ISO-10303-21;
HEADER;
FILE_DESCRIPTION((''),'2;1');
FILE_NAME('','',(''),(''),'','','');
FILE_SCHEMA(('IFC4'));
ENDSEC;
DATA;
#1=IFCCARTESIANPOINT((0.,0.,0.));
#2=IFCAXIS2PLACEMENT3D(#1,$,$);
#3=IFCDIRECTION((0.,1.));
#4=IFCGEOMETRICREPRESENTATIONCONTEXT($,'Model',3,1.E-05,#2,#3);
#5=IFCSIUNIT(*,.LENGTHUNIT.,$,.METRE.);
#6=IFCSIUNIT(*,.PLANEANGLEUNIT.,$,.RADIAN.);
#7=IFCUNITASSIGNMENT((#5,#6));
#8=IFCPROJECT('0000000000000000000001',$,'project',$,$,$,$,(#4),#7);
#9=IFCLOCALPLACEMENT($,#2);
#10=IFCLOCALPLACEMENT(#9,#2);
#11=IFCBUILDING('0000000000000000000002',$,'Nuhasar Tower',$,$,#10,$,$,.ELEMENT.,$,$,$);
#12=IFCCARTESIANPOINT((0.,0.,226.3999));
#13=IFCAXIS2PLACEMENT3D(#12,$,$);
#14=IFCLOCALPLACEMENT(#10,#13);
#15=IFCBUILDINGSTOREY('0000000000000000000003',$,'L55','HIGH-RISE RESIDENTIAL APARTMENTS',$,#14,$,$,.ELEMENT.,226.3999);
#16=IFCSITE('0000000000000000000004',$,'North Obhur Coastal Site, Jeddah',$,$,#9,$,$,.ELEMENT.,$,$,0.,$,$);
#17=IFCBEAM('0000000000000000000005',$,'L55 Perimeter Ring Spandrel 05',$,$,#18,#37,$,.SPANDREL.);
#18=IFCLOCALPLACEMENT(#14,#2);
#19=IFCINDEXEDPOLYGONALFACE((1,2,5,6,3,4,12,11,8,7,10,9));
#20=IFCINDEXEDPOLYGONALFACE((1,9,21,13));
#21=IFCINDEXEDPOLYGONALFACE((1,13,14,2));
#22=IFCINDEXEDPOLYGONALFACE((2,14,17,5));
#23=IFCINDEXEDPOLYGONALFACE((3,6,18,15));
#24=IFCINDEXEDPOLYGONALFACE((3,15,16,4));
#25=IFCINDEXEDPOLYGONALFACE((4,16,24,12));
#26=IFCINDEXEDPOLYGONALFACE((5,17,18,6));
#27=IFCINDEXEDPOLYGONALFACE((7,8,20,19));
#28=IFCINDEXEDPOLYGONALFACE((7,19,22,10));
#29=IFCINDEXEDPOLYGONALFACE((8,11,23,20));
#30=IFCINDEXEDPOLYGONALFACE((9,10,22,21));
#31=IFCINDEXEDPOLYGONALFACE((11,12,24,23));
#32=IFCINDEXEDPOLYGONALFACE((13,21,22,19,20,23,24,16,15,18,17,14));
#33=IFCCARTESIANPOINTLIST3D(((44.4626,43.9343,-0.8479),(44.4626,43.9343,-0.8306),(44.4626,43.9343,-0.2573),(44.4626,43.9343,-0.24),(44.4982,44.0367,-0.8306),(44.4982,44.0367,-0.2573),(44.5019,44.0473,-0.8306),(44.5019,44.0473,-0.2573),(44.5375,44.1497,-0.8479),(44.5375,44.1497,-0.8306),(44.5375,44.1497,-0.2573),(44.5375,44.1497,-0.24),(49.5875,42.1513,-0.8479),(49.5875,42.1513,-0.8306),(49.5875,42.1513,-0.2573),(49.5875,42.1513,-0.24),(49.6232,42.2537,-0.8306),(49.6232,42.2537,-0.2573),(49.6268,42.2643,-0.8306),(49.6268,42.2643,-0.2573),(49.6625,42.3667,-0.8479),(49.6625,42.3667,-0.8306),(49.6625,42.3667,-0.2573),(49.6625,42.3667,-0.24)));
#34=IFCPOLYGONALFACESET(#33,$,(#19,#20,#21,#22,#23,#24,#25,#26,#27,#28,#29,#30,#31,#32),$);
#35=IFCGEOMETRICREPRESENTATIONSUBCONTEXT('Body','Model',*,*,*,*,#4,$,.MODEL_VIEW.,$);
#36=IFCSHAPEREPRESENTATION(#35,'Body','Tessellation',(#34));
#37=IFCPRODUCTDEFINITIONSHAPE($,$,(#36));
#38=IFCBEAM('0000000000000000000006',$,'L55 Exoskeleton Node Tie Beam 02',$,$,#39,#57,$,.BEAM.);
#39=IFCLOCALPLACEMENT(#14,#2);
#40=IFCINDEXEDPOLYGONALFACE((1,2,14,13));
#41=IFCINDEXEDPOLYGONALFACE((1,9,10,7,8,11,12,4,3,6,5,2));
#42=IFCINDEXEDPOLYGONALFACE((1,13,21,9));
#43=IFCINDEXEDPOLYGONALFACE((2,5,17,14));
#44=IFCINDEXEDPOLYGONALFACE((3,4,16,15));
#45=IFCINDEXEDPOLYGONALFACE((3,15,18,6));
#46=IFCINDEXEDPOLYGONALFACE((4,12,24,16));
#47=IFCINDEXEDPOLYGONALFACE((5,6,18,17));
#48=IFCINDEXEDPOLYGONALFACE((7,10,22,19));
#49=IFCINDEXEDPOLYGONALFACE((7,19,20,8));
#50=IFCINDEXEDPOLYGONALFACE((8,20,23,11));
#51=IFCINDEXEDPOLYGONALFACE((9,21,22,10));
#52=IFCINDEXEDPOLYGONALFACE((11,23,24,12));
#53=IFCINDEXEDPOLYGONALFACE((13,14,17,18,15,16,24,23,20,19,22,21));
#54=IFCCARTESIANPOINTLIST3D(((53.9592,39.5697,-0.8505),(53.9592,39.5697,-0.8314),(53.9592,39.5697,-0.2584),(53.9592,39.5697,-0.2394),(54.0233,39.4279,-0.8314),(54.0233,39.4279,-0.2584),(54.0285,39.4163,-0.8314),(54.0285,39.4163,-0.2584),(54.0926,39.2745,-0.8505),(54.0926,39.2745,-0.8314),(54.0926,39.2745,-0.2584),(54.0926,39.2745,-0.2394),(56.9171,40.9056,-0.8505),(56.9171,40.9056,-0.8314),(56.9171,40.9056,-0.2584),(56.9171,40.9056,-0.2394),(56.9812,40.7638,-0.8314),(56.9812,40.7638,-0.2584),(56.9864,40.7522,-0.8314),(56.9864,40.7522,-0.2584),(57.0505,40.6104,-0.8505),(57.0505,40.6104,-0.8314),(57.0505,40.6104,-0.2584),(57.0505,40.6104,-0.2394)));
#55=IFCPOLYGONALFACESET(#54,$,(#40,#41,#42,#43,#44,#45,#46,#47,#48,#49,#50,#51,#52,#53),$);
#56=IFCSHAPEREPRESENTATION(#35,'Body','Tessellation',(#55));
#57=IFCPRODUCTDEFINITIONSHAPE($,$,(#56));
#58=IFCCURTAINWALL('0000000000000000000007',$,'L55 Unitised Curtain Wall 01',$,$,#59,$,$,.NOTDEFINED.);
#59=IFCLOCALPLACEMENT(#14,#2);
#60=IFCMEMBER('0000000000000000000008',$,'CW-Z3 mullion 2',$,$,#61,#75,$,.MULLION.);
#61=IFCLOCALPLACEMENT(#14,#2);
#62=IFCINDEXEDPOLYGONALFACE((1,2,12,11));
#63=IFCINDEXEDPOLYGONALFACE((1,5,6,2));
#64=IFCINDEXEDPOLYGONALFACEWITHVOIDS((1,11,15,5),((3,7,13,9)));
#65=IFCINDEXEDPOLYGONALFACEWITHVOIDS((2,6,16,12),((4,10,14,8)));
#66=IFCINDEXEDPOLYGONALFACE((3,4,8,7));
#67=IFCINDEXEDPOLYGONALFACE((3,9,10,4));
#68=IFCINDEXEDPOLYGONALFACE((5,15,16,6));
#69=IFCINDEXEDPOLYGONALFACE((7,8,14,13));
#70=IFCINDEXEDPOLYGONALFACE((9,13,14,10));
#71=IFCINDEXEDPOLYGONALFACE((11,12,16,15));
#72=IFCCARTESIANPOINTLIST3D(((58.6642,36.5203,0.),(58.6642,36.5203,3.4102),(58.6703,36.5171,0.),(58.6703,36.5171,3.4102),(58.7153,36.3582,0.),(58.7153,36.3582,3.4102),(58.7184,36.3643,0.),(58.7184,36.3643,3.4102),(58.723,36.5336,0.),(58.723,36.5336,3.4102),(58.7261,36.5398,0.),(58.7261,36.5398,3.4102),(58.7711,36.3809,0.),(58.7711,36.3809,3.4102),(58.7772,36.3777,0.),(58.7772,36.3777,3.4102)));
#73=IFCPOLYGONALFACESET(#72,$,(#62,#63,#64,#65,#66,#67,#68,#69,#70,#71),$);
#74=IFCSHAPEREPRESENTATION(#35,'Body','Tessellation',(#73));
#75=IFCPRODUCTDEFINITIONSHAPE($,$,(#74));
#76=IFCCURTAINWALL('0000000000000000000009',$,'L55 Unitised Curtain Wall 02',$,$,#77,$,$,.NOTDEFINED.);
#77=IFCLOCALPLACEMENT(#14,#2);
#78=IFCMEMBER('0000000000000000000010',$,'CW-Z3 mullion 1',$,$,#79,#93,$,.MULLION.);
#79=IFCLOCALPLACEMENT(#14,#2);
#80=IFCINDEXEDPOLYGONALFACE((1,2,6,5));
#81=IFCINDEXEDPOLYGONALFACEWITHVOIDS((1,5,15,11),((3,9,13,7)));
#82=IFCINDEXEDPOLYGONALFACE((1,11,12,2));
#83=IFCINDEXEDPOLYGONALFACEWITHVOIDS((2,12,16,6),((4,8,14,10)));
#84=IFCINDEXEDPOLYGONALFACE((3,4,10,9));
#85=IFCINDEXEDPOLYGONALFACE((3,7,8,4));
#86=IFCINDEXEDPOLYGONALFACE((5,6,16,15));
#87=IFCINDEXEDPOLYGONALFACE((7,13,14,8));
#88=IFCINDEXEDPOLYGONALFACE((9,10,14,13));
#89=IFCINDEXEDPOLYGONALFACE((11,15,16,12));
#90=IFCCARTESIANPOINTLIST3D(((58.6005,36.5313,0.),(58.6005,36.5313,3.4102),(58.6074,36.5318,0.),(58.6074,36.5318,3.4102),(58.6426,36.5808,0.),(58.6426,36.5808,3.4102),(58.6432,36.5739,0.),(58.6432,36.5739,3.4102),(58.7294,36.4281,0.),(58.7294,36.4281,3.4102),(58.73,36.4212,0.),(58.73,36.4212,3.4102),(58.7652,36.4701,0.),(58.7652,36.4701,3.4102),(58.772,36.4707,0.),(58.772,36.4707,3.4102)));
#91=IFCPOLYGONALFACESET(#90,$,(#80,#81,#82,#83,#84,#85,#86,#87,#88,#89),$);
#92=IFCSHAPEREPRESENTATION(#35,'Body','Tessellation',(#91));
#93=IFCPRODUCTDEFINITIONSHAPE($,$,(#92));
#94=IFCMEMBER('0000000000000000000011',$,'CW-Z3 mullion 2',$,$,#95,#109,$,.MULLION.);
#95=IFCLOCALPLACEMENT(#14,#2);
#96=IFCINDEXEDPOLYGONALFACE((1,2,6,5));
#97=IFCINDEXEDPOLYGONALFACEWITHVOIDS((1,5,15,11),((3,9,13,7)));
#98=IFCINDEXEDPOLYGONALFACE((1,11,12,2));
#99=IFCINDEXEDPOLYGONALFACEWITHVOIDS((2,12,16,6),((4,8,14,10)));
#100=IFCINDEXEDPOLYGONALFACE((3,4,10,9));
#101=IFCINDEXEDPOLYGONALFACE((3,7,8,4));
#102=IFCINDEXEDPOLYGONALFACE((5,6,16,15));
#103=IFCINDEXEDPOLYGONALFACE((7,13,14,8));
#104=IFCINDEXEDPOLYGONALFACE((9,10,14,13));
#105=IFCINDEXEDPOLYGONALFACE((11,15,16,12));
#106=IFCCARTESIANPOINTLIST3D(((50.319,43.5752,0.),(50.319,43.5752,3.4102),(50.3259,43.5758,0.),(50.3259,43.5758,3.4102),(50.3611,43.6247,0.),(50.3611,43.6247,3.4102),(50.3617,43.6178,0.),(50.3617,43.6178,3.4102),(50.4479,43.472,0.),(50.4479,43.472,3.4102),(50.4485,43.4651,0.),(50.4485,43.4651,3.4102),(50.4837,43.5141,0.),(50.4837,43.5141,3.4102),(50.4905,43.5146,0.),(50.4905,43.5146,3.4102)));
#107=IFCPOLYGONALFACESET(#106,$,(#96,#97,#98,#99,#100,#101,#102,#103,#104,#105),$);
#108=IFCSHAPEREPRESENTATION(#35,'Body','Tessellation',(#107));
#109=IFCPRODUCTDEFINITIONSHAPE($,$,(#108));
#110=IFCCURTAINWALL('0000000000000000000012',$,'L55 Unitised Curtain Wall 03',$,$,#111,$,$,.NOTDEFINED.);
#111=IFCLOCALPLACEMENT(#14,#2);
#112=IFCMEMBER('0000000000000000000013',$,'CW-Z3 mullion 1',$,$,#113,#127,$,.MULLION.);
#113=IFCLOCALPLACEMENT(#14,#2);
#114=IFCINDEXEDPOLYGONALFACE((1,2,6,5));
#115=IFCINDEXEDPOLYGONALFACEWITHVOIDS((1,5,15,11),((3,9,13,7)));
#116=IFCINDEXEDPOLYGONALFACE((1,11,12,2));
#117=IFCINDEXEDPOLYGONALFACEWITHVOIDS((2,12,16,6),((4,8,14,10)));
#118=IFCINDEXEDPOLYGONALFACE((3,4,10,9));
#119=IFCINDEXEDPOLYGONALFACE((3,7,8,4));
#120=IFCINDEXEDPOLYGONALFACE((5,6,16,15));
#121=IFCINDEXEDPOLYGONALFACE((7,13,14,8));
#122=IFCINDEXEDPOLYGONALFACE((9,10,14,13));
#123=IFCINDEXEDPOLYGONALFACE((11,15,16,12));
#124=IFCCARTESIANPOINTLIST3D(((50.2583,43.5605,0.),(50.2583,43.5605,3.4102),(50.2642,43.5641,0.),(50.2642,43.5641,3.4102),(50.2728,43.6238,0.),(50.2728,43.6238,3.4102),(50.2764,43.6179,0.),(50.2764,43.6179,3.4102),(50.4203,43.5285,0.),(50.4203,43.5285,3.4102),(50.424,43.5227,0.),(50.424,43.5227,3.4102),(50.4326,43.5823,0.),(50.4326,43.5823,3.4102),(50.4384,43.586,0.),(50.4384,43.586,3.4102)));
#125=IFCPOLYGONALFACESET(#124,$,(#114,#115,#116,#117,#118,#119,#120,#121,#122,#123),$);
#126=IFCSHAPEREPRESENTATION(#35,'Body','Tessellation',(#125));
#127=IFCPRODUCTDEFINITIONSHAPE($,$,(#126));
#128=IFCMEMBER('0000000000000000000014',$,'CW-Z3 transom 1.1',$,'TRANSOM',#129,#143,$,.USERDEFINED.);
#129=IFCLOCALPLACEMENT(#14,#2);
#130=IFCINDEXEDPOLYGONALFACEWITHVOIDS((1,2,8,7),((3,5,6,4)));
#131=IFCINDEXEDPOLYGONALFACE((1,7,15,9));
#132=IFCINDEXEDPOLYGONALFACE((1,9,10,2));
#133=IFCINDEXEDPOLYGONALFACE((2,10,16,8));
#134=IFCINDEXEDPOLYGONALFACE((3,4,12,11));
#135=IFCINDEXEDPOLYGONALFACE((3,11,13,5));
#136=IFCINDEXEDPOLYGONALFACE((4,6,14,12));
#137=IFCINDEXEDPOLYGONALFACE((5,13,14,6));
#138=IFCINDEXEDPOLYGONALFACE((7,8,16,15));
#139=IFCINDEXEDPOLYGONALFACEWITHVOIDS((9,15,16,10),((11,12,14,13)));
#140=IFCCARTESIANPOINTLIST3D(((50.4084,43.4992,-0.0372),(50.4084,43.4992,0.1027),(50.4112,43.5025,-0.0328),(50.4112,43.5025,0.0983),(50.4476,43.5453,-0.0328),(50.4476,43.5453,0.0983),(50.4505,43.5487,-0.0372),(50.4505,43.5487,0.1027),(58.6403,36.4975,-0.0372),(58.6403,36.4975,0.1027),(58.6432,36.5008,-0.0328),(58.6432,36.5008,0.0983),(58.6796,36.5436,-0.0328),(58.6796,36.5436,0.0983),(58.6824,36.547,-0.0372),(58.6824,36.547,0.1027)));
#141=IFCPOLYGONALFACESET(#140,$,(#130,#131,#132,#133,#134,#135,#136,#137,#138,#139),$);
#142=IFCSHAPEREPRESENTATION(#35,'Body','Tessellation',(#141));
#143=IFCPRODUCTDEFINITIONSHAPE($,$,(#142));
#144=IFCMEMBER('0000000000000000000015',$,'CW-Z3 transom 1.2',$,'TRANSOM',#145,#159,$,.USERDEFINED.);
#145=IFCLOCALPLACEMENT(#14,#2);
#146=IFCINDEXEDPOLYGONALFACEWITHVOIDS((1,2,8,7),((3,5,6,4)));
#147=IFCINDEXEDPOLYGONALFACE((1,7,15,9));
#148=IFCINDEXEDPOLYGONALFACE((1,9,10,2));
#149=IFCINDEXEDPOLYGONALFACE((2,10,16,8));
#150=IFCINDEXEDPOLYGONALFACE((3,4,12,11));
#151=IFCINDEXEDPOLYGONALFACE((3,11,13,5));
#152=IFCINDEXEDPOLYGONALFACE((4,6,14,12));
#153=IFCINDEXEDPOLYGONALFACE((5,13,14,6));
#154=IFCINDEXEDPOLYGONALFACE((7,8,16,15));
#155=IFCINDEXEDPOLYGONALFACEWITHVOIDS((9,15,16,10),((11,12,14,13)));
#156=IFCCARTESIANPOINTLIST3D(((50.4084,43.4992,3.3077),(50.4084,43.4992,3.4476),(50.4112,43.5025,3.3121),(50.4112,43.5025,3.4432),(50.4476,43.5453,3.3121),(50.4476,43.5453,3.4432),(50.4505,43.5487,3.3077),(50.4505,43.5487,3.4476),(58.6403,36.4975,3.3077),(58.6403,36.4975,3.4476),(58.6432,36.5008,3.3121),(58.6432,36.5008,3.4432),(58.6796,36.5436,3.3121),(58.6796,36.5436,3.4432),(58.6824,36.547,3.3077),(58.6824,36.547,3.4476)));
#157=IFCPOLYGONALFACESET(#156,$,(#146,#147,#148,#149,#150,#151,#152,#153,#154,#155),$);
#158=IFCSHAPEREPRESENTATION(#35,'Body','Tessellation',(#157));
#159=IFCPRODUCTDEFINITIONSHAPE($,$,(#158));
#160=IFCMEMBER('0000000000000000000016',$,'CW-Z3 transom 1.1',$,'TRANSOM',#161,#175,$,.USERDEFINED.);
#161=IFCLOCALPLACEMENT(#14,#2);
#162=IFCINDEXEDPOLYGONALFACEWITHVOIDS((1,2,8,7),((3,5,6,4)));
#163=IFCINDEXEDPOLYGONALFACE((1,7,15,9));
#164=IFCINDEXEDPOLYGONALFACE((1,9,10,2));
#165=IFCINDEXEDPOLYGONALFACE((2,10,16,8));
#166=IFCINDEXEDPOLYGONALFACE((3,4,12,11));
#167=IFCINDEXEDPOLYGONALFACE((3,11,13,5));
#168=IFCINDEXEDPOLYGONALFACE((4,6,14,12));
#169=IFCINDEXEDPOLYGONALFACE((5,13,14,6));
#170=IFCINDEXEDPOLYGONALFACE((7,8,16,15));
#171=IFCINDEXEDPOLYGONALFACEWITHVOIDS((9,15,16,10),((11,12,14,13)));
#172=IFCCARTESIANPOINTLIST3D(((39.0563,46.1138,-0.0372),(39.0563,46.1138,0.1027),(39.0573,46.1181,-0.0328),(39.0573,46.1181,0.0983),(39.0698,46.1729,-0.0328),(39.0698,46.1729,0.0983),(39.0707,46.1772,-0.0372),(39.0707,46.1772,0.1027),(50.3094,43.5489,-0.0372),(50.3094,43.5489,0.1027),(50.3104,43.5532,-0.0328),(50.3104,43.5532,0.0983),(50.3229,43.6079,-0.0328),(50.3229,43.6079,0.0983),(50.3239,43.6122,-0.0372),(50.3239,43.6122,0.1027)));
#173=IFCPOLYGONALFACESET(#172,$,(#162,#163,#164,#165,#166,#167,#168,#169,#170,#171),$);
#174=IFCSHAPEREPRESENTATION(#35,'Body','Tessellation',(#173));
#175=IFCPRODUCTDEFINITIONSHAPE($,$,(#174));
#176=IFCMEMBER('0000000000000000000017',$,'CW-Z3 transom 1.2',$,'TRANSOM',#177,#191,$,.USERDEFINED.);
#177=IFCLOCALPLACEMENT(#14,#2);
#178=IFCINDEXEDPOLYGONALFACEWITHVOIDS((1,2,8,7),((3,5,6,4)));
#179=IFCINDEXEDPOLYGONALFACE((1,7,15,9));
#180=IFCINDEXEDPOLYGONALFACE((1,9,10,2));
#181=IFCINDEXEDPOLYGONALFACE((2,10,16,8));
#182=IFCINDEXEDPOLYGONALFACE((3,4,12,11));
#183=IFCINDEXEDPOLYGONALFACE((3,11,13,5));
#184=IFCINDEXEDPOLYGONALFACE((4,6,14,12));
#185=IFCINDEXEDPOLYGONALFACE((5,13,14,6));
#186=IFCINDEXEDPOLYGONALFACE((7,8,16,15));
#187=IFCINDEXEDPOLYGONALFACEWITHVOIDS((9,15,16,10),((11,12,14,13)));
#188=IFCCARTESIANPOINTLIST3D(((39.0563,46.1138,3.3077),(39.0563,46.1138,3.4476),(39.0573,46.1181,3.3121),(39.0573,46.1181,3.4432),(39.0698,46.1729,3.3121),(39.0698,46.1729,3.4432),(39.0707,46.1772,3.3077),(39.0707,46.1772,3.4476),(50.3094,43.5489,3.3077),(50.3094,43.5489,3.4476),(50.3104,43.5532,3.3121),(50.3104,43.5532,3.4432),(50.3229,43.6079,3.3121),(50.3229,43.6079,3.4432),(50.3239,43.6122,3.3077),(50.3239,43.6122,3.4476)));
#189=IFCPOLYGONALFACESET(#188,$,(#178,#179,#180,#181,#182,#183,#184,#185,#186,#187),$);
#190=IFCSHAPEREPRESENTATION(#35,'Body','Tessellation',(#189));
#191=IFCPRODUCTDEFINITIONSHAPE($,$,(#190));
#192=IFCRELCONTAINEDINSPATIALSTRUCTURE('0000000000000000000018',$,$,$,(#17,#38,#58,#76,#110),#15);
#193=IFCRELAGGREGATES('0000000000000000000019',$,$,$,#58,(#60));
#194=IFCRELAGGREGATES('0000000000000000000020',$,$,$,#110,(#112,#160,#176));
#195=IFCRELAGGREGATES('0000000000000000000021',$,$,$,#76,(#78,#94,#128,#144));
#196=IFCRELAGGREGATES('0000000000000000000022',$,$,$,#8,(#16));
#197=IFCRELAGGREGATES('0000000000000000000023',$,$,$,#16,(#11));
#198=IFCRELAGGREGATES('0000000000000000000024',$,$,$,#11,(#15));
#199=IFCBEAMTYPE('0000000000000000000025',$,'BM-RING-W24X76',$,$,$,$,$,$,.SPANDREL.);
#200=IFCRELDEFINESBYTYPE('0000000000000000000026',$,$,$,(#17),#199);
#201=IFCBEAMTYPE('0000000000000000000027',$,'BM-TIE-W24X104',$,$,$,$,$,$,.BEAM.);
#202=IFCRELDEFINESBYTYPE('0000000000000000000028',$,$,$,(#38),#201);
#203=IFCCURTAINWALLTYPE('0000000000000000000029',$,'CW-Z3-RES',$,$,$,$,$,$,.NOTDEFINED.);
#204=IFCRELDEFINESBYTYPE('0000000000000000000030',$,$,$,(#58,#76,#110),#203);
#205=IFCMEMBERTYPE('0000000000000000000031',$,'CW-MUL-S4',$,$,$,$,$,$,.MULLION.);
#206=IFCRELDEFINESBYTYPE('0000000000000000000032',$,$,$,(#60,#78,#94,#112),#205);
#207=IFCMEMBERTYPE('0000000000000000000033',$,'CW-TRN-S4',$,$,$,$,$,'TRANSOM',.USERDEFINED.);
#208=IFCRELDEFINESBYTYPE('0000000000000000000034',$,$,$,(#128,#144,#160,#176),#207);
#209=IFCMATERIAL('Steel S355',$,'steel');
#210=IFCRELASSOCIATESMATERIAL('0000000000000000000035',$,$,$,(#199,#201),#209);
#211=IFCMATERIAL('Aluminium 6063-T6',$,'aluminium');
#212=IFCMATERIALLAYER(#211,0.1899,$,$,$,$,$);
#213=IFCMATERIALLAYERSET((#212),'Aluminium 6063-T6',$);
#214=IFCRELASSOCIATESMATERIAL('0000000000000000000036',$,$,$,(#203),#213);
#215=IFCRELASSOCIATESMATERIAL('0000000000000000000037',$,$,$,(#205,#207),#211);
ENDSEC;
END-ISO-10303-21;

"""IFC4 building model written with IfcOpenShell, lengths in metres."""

from ifc_helpers import new_model, si_unit, direction, frame, origin, origin_2d, place, context, subcontext, project, spatial, hollow_rectangle, i_section, extrude, material, layer, layer_set, material_profile, profile_set, type_object, element, aggregate, save


model = new_model("IFC4")

# Units and contexts
model_context = context("Model", 3, precision=1e-05, world=origin(), true_north=direction((0.0, 1.0)))
body_context = subcontext(model_context, "Body", "Model", "MODEL_VIEW")
ifc_project = project(units=[si_unit("LENGTHUNIT", "METRE"), si_unit("PLANEANGLEUNIT", "RADIAN")], contexts=[model_context])

# Site, building, storey
site_placement = place(None, origin())
site = spatial("IfcSite", under=ifc_project, at=site_placement, Name="North Obhur Coastal Site, Jeddah", CompositionType="ELEMENT", RefElevation=0.0)
building_placement = place(site_placement, origin())
building = spatial("IfcBuilding", under=site, at=building_placement, Name="Nuhasar Tower", CompositionType="ELEMENT")
storey_placement = place(building_placement, frame((0.0, 0.0, 226.3999)))
storey = spatial("IfcBuildingStorey", under=building, at=storey_placement, Name="L55", Description="HIGH-RISE RESIDENTIAL APARTMENTS", CompositionType="ELEMENT", Elevation=226.3999)

# Beams
ifc_material_1 = material(Name="Steel S355", Category="steel")
ifc_material_profile_1 = material_profile(ifc_material_1, i_section(OverallWidth=0.228, OverallDepth=0.6079, WebThickness=0.0112, FlangeThickness=0.0173, at=origin_2d()), Name="W24X76")
ifc_profile_set_1 = profile_set([ifc_material_profile_1], Name="Steel S355")
beam_type_1 = type_object("IfcBeamType", Name="BM-RING-W24X76", PredefinedType="SPANDREL", material=ifc_profile_set_1)
beam_1_placement = place(storey_placement, frame((49.625, 42.259, -0.5439), z_axis=(-0.944477, 0.328578, 0.0), x_axis=(-0.328578, -0.944477, 0.0)))
element("IfcBeam", 1, at=beam_1_placement, inside=storey, type_object=beam_type_1, Name="L55 Perimeter Ring Spandrel 05", PredefinedType="SPANDREL", context=body_context, shape_type="SweptSolid", body=[
    extrude(i_section(OverallWidth=0.228, OverallDepth=0.6079, WebThickness=0.0112, FlangeThickness=0.0173, at=origin_2d()), origin(), (0.0, 0.0, 1.0), 5.4263),
])
ifc_material_profile_2 = material_profile(ifc_material_1, i_section(OverallWidth=0.324, OverallDepth=0.6111, WebThickness=0.0127, FlangeThickness=0.019, at=origin_2d()), Name="W24X104")
ifc_profile_set_2 = profile_set([ifc_material_profile_2], Name="Steel S355")
beam_type_2 = type_object("IfcBeamType", Name="BM-TIE-W24X104", PredefinedType="BEAM", material=ifc_profile_set_2)
beam_2_placement = place(storey_placement, frame((54.0259, 39.4221, -0.5449), z_axis=(0.911363, 0.411603, 0.0), x_axis=(-0.411603, 0.911363, 0.0)))
element("IfcBeam", 2, at=beam_2_placement, inside=storey, type_object=beam_type_2, Name="L55 Exoskeleton Node Tie Beam 02", PredefinedType="BEAM", context=body_context, shape_type="SweptSolid", body=[
    extrude(i_section(OverallWidth=0.324, OverallDepth=0.6111, WebThickness=0.0127, FlangeThickness=0.019, at=origin_2d()), origin(), (0.0, 0.0, 1.0), 3.2456),
])

# Curtain wall, member
ifc_material_2 = material(Name="Aluminium 6063-T6", Category="aluminium")
ifc_layer_1 = layer(ifc_material_2, 0.1899)
ifc_layer_set_1 = layer_set([ifc_layer_1], Name="Aluminium 6063-T6")
curtain_wall_type = type_object("IfcCurtainWallType", Name="CW-Z3-RES", PredefinedType="NOTDEFINED", material=ifc_layer_set_1)
curtain_wall_1_placement = place(storey_placement, origin())
curtain_wall_1 = element("IfcCurtainWall", 3, at=curtain_wall_1_placement, inside=storey, type_object=curtain_wall_type, Name="L55 Unitised Curtain Wall 01", PredefinedType="NOTDEFINED")
ifc_material_profile_3 = material_profile(ifc_material_2, hollow_rectangle(XDim=0.0649, YDim=0.1699, WallThickness=0.0049, at=origin_2d()), Name="CWM-4")
ifc_profile_set_3 = profile_set([ifc_material_profile_3], Name="Aluminium 6063-T6")
member_type_1 = type_object("IfcMemberType", Name="CW-MUL-S4", PredefinedType="MULLION", material=ifc_profile_set_3)
member_1_placement = place(storey_placement, frame((58.7207, 36.449, 0.0), z_axis=(0.0, 0.0, 1.0), x_axis=(-0.953804, -0.300429, 0.0)))
member_1 = element("IfcMember", 4, at=member_1_placement, type_object=member_type_1, Name="CW-Z3 mullion 2", PredefinedType="MULLION", context=body_context, shape_type="SweptSolid", body=[
    extrude(hollow_rectangle(XDim=0.0649, YDim=0.1699, WallThickness=0.0049, at=origin_2d()), origin(), (0.0, 0.0, 1.0), 3.4102),
])
aggregate(curtain_wall_1, [member_1])

# Curtain wall, members
curtain_wall_2_placement = place(storey_placement, origin())
curtain_wall_2 = element("IfcCurtainWall", 5, at=curtain_wall_2_placement, inside=storey, type_object=curtain_wall_type, Name="L55 Unitised Curtain Wall 02", PredefinedType="NOTDEFINED")
member_2_placement = place(storey_placement, frame((58.6863, 36.501, 0.0), z_axis=(0.0, 0.0, 1.0), x_axis=(-0.647895, -0.761729, 0.0)))
member_2 = element("IfcMember", 6, at=member_2_placement, type_object=member_type_1, Name="CW-Z3 mullion 1", PredefinedType="MULLION", context=body_context, shape_type="SweptSolid", body=[
    extrude(hollow_rectangle(XDim=0.0649, YDim=0.1699, WallThickness=0.0049, at=origin_2d()), origin(), (0.0, 0.0, 1.0), 3.4102),
])
member_3_placement = place(storey_placement, frame((50.4048, 43.5449, 0.0), z_axis=(0.0, 0.0, 1.0), x_axis=(-0.647895, -0.761729, 0.0)))
member_3 = element("IfcMember", 7, at=member_3_placement, type_object=member_type_1, Name="CW-Z3 mullion 2", PredefinedType="MULLION", context=body_context, shape_type="SweptSolid", body=[
    extrude(hollow_rectangle(XDim=0.0649, YDim=0.1699, WallThickness=0.0049, at=origin_2d()), origin(), (0.0, 0.0, 1.0), 3.4102),
])

# Curtain wall, member
curtain_wall_3_placement = place(storey_placement, origin())
curtain_wall_3 = element("IfcCurtainWall", 8, at=curtain_wall_3_placement, inside=storey, type_object=curtain_wall_type, Name="L55 Unitised Curtain Wall 03", PredefinedType="NOTDEFINED")
member_4_placement = place(storey_placement, frame((50.3484, 43.5732, 0.0), z_axis=(0.0, 0.0, 1.0), x_axis=(-0.222243, -0.974991, 0.0)))
member_4 = element("IfcMember", 9, at=member_4_placement, type_object=member_type_1, Name="CW-Z3 mullion 1", PredefinedType="MULLION", context=body_context, shape_type="SweptSolid", body=[
    extrude(hollow_rectangle(XDim=0.0649, YDim=0.1699, WallThickness=0.0049, at=origin_2d()), origin(), (0.0, 0.0, 1.0), 3.4102),
])

# Members
ifc_material_profile_4 = material_profile(ifc_material_2, hollow_rectangle(XDim=0.0649, YDim=0.1399, WallThickness=0.0044, at=origin_2d()), Name="CWT-4")
ifc_profile_set_4 = profile_set([ifc_material_profile_4], Name="Aluminium 6063-T6")
member_type_2 = type_object("IfcMemberType", Name="CW-TRN-S4", ElementType="TRANSOM", PredefinedType="USERDEFINED", material=ifc_profile_set_4)
member_5_placement = place(storey_placement, frame((58.6614, 36.5222, 0.0327), z_axis=(-0.761731, 0.647894, 0.0), x_axis=(-0.647894, -0.761731, 0.0)))
member_5 = element("IfcMember", 10, at=member_5_placement, type_object=member_type_2, Name="CW-Z3 transom 1.1", ObjectType="TRANSOM", PredefinedType="USERDEFINED", context=body_context, shape_type="SweptSolid", body=[
    extrude(hollow_rectangle(XDim=0.0649, YDim=0.1399, WallThickness=0.0044, at=origin_2d()), origin(), (0.0, 0.0, 1.0), 10.8069),
])
member_6_placement = place(storey_placement, frame((58.6614, 36.5222, 3.3777), z_axis=(-0.761731, 0.647894, 0.0), x_axis=(-0.647894, -0.761731, 0.0)))
member_6 = element("IfcMember", 11, at=member_6_placement, type_object=member_type_2, Name="CW-Z3 transom 1.2", ObjectType="TRANSOM", PredefinedType="USERDEFINED", context=body_context, shape_type="SweptSolid", body=[
    extrude(hollow_rectangle(XDim=0.0649, YDim=0.1399, WallThickness=0.0044, at=origin_2d()), origin(), (0.0, 0.0, 1.0), 10.8069),
])
member_7_placement = place(storey_placement, frame((50.3167, 43.5806, 0.0327), z_axis=(-0.974994, 0.222231, 0.0), x_axis=(-0.222231, -0.974994, 0.0)))
member_7 = element("IfcMember", 12, at=member_7_placement, type_object=member_type_2, Name="CW-Z3 transom 1.1", ObjectType="TRANSOM", PredefinedType="USERDEFINED", context=body_context, shape_type="SweptSolid", body=[
    extrude(hollow_rectangle(XDim=0.0649, YDim=0.1399, WallThickness=0.0044, at=origin_2d()), origin(), (0.0, 0.0, 1.0), 11.5417),
])
member_8_placement = place(storey_placement, frame((50.3167, 43.5806, 3.3777), z_axis=(-0.974994, 0.222231, 0.0), x_axis=(-0.222231, -0.974994, 0.0)))
member_8 = element("IfcMember", 13, at=member_8_placement, type_object=member_type_2, Name="CW-Z3 transom 1.2", ObjectType="TRANSOM", PredefinedType="USERDEFINED", context=body_context, shape_type="SweptSolid", body=[
    extrude(hollow_rectangle(XDim=0.0649, YDim=0.1399, WallThickness=0.0044, at=origin_2d()), origin(), (0.0, 0.0, 1.0), 11.5417),
])
aggregate(curtain_wall_3, [member_4, member_7, member_8])

aggregate(curtain_wall_2, [member_2, member_3, member_5, member_6])

save(model, "model.ifc")
